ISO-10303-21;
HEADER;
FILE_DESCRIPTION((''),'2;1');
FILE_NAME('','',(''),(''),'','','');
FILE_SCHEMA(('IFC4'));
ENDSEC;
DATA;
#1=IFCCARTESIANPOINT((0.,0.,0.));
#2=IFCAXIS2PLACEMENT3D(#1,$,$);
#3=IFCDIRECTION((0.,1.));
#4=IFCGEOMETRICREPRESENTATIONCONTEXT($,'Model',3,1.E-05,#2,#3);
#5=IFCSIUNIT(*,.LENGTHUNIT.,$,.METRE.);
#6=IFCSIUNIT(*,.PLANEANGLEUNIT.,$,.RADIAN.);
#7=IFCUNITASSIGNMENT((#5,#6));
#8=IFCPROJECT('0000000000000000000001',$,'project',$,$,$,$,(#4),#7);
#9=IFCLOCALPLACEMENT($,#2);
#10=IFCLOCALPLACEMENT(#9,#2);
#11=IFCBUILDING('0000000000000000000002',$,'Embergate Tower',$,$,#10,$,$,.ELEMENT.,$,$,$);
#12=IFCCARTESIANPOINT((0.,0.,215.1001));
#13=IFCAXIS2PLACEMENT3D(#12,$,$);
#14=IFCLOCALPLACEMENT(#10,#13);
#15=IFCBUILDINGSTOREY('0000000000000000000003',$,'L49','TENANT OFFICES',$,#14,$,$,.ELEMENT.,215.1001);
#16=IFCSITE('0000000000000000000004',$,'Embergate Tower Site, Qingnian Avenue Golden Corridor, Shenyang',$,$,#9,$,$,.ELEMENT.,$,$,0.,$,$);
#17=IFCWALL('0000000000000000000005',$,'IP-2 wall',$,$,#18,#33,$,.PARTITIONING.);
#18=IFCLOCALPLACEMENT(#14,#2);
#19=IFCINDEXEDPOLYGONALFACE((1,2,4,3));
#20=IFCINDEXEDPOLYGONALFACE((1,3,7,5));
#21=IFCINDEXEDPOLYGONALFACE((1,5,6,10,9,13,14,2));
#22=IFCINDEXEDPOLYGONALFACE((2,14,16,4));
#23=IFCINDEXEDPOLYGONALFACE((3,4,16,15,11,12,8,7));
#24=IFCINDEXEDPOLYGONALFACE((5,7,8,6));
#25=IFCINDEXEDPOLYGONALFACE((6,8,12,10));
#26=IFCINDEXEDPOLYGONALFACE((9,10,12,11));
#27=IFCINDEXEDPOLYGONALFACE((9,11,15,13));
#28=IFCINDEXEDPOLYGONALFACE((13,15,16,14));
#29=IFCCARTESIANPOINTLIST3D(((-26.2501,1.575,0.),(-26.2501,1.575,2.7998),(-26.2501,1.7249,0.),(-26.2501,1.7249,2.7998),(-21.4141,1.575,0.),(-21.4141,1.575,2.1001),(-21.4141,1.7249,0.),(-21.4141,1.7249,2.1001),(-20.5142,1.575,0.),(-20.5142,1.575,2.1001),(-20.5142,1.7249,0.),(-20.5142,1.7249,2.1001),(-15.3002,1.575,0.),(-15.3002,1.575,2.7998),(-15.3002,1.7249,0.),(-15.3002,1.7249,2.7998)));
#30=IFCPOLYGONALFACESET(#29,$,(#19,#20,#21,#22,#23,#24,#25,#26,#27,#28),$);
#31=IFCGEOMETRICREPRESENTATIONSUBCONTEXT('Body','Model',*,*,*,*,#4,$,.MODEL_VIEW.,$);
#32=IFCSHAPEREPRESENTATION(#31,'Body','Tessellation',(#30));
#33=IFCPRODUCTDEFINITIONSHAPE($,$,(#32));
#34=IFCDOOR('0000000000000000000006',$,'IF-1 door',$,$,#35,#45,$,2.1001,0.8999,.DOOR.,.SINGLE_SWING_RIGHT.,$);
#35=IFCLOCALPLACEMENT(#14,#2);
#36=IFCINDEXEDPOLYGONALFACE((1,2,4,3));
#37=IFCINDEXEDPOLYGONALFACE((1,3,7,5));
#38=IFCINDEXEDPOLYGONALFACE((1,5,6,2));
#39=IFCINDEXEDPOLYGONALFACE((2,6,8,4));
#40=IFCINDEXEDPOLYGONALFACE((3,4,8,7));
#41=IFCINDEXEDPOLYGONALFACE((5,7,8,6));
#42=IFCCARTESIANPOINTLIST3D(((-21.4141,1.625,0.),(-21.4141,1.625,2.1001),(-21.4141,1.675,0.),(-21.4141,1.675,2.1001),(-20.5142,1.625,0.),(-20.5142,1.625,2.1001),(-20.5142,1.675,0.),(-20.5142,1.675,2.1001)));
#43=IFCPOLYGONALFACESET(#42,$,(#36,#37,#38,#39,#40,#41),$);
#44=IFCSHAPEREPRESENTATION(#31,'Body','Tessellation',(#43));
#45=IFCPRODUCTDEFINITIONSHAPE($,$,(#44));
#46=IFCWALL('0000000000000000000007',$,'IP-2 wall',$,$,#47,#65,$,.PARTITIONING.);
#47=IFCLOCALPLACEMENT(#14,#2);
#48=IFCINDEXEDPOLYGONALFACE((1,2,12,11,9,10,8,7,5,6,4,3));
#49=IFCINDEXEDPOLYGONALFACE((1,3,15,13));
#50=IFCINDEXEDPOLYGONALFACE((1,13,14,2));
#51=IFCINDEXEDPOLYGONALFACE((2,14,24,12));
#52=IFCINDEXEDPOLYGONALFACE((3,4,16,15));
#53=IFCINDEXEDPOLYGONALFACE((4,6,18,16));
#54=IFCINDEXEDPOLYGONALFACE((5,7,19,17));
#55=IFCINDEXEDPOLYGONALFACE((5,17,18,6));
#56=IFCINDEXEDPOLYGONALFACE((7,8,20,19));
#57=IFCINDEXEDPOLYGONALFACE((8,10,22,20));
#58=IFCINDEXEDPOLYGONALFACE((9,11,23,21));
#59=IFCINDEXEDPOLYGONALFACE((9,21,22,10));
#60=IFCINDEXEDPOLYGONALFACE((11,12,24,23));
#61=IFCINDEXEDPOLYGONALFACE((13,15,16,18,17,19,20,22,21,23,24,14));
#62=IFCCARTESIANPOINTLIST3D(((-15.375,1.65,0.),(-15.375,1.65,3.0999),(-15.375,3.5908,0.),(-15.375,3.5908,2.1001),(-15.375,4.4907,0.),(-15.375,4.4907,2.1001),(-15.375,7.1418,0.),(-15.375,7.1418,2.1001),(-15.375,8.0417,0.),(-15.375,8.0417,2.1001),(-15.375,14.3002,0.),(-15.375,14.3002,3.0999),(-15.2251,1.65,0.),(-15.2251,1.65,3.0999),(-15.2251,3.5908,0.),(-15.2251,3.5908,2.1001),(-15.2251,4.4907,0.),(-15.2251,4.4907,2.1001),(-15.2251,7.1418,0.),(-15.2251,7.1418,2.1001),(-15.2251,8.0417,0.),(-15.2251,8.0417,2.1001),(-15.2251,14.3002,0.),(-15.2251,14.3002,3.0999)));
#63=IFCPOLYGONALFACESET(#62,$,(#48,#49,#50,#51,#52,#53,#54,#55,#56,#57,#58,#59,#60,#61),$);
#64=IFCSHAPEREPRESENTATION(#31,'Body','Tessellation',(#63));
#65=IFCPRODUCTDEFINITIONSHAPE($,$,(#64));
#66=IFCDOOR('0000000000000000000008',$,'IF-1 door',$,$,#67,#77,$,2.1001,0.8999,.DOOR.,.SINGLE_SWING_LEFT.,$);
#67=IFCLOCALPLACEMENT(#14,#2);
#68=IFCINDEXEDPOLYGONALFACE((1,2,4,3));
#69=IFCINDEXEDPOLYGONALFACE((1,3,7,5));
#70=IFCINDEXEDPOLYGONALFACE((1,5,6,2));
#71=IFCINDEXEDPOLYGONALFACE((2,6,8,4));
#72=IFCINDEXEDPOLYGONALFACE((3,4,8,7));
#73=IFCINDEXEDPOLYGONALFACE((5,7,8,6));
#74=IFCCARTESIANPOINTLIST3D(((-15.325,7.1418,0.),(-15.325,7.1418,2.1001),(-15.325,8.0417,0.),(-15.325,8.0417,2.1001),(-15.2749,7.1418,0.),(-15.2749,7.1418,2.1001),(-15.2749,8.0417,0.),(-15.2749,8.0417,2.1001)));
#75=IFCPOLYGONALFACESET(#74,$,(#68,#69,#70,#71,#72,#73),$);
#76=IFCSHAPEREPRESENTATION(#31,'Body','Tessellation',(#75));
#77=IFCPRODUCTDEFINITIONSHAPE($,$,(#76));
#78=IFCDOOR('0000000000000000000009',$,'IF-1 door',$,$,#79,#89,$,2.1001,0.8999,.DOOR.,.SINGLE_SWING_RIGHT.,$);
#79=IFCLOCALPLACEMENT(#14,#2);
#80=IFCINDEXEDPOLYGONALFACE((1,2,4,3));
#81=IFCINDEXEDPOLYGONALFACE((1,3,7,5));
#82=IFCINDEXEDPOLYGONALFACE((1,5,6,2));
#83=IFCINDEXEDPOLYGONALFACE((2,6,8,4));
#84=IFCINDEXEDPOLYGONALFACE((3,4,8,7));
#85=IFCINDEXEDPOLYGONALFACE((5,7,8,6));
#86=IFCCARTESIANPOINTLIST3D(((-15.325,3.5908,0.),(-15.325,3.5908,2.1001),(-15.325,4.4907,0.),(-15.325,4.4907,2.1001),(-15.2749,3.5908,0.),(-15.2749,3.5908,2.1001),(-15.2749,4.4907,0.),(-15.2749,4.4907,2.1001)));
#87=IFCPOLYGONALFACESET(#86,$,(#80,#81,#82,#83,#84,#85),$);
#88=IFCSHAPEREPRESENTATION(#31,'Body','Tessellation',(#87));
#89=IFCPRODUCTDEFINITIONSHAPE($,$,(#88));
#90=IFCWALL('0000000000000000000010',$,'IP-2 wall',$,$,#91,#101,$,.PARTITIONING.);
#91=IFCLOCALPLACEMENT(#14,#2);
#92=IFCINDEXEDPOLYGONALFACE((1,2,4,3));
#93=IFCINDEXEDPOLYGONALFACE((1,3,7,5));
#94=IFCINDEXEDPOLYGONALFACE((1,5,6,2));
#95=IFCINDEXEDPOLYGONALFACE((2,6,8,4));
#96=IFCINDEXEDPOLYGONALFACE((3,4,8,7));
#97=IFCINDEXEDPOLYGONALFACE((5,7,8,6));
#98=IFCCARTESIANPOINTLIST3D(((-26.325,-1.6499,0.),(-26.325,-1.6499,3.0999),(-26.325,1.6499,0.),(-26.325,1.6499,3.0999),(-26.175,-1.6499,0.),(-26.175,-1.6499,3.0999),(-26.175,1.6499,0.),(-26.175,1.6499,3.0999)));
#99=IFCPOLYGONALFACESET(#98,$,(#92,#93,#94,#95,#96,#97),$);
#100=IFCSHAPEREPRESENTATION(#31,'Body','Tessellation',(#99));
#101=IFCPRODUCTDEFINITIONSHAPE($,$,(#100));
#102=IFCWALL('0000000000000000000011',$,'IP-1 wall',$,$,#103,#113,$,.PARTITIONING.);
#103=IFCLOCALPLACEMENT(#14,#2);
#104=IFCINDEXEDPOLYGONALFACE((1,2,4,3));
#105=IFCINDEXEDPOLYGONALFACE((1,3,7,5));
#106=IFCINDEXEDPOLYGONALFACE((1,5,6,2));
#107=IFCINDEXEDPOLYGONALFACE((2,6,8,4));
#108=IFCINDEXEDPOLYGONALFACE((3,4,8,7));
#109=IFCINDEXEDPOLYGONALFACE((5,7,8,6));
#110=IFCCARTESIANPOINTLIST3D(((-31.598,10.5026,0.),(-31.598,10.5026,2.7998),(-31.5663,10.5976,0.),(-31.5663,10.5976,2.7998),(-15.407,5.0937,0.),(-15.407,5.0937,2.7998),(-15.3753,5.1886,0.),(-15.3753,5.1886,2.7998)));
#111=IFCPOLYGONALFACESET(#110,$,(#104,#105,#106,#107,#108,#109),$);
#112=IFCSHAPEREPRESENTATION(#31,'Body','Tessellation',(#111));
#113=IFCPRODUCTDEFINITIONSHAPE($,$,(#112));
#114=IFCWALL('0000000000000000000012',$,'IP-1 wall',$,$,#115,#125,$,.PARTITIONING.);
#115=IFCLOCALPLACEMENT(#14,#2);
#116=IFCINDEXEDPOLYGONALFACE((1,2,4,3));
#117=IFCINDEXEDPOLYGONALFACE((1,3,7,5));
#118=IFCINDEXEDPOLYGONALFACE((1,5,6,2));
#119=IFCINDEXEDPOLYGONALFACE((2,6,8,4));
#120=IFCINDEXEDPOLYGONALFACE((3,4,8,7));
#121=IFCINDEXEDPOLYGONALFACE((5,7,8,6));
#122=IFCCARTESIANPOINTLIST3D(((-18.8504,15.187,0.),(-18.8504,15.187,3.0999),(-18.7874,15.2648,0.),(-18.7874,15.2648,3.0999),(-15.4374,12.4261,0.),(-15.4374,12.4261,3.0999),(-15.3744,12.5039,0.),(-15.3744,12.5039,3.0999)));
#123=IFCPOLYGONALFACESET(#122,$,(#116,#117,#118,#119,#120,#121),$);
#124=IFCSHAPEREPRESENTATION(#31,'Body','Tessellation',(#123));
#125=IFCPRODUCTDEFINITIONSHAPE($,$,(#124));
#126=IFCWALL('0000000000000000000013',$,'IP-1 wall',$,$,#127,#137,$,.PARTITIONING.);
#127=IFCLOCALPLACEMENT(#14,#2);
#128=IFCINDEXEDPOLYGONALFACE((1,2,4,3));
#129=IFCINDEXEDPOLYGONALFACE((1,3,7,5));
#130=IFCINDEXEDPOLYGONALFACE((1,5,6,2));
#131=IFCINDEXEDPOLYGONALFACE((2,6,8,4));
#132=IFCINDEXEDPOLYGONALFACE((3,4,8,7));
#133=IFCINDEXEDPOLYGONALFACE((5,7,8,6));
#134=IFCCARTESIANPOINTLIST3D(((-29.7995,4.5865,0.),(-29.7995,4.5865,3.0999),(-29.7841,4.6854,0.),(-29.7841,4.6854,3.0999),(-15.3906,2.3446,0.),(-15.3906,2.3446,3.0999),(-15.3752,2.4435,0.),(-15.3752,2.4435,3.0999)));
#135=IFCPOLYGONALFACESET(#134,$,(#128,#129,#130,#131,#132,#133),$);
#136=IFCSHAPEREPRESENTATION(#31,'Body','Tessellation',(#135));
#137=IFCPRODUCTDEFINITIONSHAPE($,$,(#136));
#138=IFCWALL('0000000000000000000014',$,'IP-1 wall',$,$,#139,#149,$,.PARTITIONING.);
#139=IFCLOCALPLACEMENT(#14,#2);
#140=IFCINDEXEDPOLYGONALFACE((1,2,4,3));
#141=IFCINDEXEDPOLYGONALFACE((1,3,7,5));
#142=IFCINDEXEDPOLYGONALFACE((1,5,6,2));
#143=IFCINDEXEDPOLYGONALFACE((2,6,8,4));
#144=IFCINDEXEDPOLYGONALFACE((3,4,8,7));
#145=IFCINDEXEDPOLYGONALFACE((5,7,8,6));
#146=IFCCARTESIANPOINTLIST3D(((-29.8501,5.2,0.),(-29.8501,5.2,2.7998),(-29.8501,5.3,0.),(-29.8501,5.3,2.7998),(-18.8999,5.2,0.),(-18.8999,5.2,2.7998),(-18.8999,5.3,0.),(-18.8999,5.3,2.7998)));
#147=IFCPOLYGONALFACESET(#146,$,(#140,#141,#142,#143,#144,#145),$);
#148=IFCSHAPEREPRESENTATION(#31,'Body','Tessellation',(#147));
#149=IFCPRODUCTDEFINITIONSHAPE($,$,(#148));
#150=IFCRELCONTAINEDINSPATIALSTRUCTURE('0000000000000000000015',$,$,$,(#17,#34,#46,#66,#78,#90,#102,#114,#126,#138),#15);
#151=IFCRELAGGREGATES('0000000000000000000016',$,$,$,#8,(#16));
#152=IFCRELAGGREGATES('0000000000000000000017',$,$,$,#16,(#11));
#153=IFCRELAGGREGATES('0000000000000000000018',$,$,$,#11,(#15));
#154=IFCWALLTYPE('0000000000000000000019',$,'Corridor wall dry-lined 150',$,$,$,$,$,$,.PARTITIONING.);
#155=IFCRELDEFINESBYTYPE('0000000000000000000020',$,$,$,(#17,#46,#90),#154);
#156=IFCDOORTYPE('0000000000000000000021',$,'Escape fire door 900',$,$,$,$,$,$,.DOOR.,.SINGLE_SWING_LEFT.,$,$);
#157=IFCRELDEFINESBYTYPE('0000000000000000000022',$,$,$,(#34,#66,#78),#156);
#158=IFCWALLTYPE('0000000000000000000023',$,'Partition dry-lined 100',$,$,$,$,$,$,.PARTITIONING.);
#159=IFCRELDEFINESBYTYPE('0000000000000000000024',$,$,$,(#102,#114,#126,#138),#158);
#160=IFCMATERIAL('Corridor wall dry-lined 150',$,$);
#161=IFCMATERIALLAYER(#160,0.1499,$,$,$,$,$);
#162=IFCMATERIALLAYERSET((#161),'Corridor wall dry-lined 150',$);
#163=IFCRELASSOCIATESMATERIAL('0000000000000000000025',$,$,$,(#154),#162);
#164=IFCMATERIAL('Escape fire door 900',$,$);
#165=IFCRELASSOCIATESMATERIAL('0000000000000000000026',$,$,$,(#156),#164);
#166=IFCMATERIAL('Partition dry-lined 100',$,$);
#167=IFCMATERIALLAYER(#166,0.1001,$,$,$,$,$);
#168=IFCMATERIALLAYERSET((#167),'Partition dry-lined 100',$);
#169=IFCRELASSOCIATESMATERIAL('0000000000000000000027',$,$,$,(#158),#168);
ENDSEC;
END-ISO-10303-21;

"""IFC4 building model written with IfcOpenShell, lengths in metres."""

from ifc_helpers import new_model, si_unit, direction, frame, frame_2d, origin, place, context, subcontext, project, spatial, rectangle, extrude, source, transform, mapped, material, layer, layer_set, type_object, element, fill, save


model = new_model("IFC4")

# Units and contexts
model_context = context("Model", 3, precision=1e-05, world=origin(), true_north=direction((0.0, 1.0)))
body_context = subcontext(model_context, "Body", "Model", "MODEL_VIEW")
ifc_project = project(units=[si_unit("LENGTHUNIT", "METRE"), si_unit("PLANEANGLEUNIT", "RADIAN")], contexts=[model_context])

# Site, building, storey
site_placement = place(None, origin())
site = spatial("IfcSite", under=ifc_project, at=site_placement, Name="Embergate Tower Site, Qingnian Avenue Golden Corridor, Shenyang", CompositionType="ELEMENT", RefElevation=0.0)
building_placement = place(site_placement, origin())
building = spatial("IfcBuilding", under=site, at=building_placement, Name="Embergate Tower", CompositionType="ELEMENT")
storey_placement = place(building_placement, frame((0.0, 0.0, 215.1001)))
storey = spatial("IfcBuildingStorey", under=building, at=storey_placement, Name="L49", Description="TENANT OFFICES", CompositionType="ELEMENT", Elevation=215.1001)

# Wall, opening, door
ifc_material_1 = material(Name="Corridor wall dry-lined 150")
ifc_layer_1 = layer(ifc_material_1, 0.1499)
ifc_layer_set_1 = layer_set([ifc_layer_1], Name="Corridor wall dry-lined 150")
wall_type_1 = type_object("IfcWallType", Name="Corridor wall dry-lined 150", PredefinedType="PARTITIONING", material=ifc_layer_set_1)
shared_shape_1 = source(origin(), body_context, "Body", "SweptSolid", [
    extrude(rectangle(XDim=10.95, YDim=0.1499, at=frame_2d((5.4751, 0.0))), origin(), (0.0, 0.0, 1.0), 2.7998),
])
wall_1_placement = place(storey_placement, frame((-15.3, 1.6499, 0.0), z_axis=(0.0, 0.0, 1.0), x_axis=(-1.0, 0.0, 0.0)))
wall_1 = element("IfcWall", 1, at=wall_1_placement, inside=storey, type_object=wall_type_1, Name="IP-2 wall", PredefinedType="PARTITIONING", context=body_context, shape_type="MappedRepresentation", body=[
    mapped(shared_shape_1, transform((0.0, 0.0, 0.0))),
])
shared_shape_2 = source(origin(), body_context, "Body", "SweptSolid", [
    extrude(rectangle(XDim=0.8999, YDim=2.1001, at=frame_2d((0.45, 1.05))), frame((0.0, 0.085, 0.0), z_axis=(0.0, -1.0, 0.0), x_axis=(1.0, 0.0, 0.0)), (0.0, 0.0, 1.0), 0.1699),
])
opening_1_placement = place(wall_1_placement, frame((5.2141, 0.0, 0.0)))
opening_1 = element("IfcOpeningElement", 2, at=opening_1_placement, cuts=wall_1, PredefinedType="OPENING", context=body_context, shape_type="MappedRepresentation", body=[
    mapped(shared_shape_2, transform((0.0, 0.0, 0.0))),
])
ifc_material_2 = material(Name="Escape fire door 900")
door_type = type_object("IfcDoorType", Name="Escape fire door 900", OperationType="SINGLE_SWING_LEFT", PredefinedType="DOOR", material=ifc_material_2)
shared_shape_3 = source(origin(), body_context, "Body", "SweptSolid", [
    extrude(rectangle(XDim=0.8999, YDim=2.1001, at=frame_2d((0.45, 1.05))), frame((0.0, 0.0249, 0.0), z_axis=(0.0, -1.0, 0.0), x_axis=(1.0, 0.0, 0.0)), (0.0, 0.0, 1.0), 0.05),
])
door_1_placement = place(opening_1_placement, origin())
door_1 = element("IfcDoor", 3, at=door_1_placement, inside=storey, type_object=door_type, Name="IF-1 door", OperationType="SINGLE_SWING_RIGHT", OverallHeight=2.1001, OverallWidth=0.8999, PredefinedType="DOOR", context=body_context, shape_type="MappedRepresentation", body=[
    mapped(shared_shape_3, transform((0.0, 0.0, 0.0))),
])
fill(opening_1, door_1)

# Wall, openings, doors
shared_shape_4 = source(origin(), body_context, "Body", "SweptSolid", [
    extrude(rectangle(XDim=12.6501, YDim=0.1499, at=frame_2d((6.3252, 0.0))), origin(), (0.0, 0.0, 1.0), 3.0999),
])
wall_2_placement = place(storey_placement, frame((-15.3, 1.6499, 0.0), z_axis=(0.0, 0.0, 1.0), x_axis=(0.0, 1.0, 0.0)))
wall_2 = element("IfcWall", 4, at=wall_2_placement, inside=storey, type_object=wall_type_1, Name="IP-2 wall", PredefinedType="PARTITIONING", context=body_context, shape_type="MappedRepresentation", body=[
    mapped(shared_shape_4, transform((0.0, 0.0, 0.0))),
])
opening_2_placement = place(wall_2_placement, frame((5.4919, 0.0, 0.0)))
opening_2 = element("IfcOpeningElement", 5, at=opening_2_placement, cuts=wall_2, PredefinedType="OPENING", context=body_context, shape_type="MappedRepresentation", body=[
    mapped(shared_shape_2, transform((0.0, 0.0, 0.0))),
])
opening_3_placement = place(wall_2_placement, frame((1.9409, 0.0, 0.0)))
opening_3 = element("IfcOpeningElement", 6, at=opening_3_placement, cuts=wall_2, PredefinedType="OPENING", context=body_context, shape_type="MappedRepresentation", body=[
    mapped(shared_shape_2, transform((0.0, 0.0, 0.0))),
])
door_2_placement = place(opening_2_placement, origin())
door_2 = element("IfcDoor", 7, at=door_2_placement, inside=storey, type_object=door_type, Name="IF-1 door", OperationType="SINGLE_SWING_LEFT", OverallHeight=2.1001, OverallWidth=0.8999, PredefinedType="DOOR", context=body_context, shape_type="MappedRepresentation", body=[
    mapped(shared_shape_3, transform((0.0, 0.0, 0.0))),
])
fill(opening_2, door_2)
door_3_placement = place(opening_3_placement, origin())
door_3 = element("IfcDoor", 8, at=door_3_placement, inside=storey, type_object=door_type, Name="IF-1 door", OperationType="SINGLE_SWING_RIGHT", OverallHeight=2.1001, OverallWidth=0.8999, PredefinedType="DOOR", context=body_context, shape_type="MappedRepresentation", body=[
    mapped(shared_shape_3, transform((0.0, 0.0, 0.0))),
])
fill(opening_3, door_3)

# Walls
shared_shape_5 = source(origin(), body_context, "Body", "SweptSolid", [
    extrude(rectangle(XDim=3.2998, YDim=0.1499, at=frame_2d((1.6499, 0.0))), origin(), (0.0, 0.0, 1.0), 3.0999),
])
wall_3_placement = place(storey_placement, frame((-26.25, 1.6499, 0.0), z_axis=(0.0, 0.0, 1.0), x_axis=(0.0, -1.0, 0.0)))
element("IfcWall", 9, at=wall_3_placement, inside=storey, type_object=wall_type_1, Name="IP-2 wall", PredefinedType="PARTITIONING", context=body_context, shape_type="MappedRepresentation", body=[
    mapped(shared_shape_5, transform((0.0, 0.0, 0.0))),
])
ifc_material_3 = material(Name="Partition dry-lined 100")
ifc_layer_2 = layer(ifc_material_3, 0.1001)
ifc_layer_set_2 = layer_set([ifc_layer_2], Name="Partition dry-lined 100")
wall_type_2 = type_object("IfcWallType", Name="Partition dry-lined 100", PredefinedType="PARTITIONING", material=ifc_layer_set_2)
shared_shape_6 = source(origin(), body_context, "Body", "SweptSolid", [
    extrude(rectangle(XDim=17.0706, YDim=0.1001, at=frame_2d((8.5352, 0.0))), origin(), (0.0, 0.0, 1.0), 2.7998),
])
wall_4_placement = place(storey_placement, frame((-31.582, 10.55, 0.0), z_axis=(0.0, 0.0, 1.0), x_axis=(0.948473, -0.316858, 0.0)))
element("IfcWall", 10, at=wall_4_placement, inside=storey, type_object=wall_type_2, Name="IP-1 wall", PredefinedType="PARTITIONING", context=body_context, shape_type="MappedRepresentation", body=[
    mapped(shared_shape_6, transform((0.0, 0.0, 0.0))),
])
shared_shape_7 = source(origin(), body_context, "Body", "SweptSolid", [
    extrude(rectangle(XDim=4.3899, YDim=0.1001, at=frame_2d((2.1948, 0.0))), origin(), (0.0, 0.0, 1.0), 3.0999),
])
wall_5_placement = place(storey_placement, frame((-15.406, 12.4651, 0.0), z_axis=(0.0, 0.0, 1.0), x_axis=(-0.777466, 0.628925, 0.0)))
element("IfcWall", 11, at=wall_5_placement, inside=storey, type_object=wall_type_2, Name="IP-1 wall", PredefinedType="PARTITIONING", context=body_context, shape_type="MappedRepresentation", body=[
    mapped(shared_shape_7, transform((0.0, 0.0, 0.0))),
])
shared_shape_8 = source(origin(), body_context, "Body", "SweptSolid", [
    extrude(rectangle(XDim=14.5823, YDim=0.1001, at=frame_2d((7.291, 0.0))), origin(), (0.0, 0.0, 1.0), 3.0999),
])
wall_6_placement = place(storey_placement, frame((-15.3831, 2.394, 0.0), z_axis=(0.0, 0.0, 1.0), x_axis=(-0.988111, 0.153744, 0.0)))
element("IfcWall", 12, at=wall_6_placement, inside=storey, type_object=wall_type_2, Name="IP-1 wall", PredefinedType="PARTITIONING", context=body_context, shape_type="MappedRepresentation", body=[
    mapped(shared_shape_8, transform((0.0, 0.0, 0.0))),
])
shared_shape_9 = source(origin(), body_context, "Body", "SweptSolid", [
    extrude(rectangle(XDim=10.9502, YDim=0.1001, at=frame_2d((5.4751, 0.0))), origin(), (0.0, 0.0, 1.0), 2.7998),
])
wall_7_placement = place(storey_placement, frame((-29.8501, 5.25, 0.0), z_axis=(0.0, 0.0, 1.0), x_axis=(1.0, 0.0, 0.0)))
element("IfcWall", 13, at=wall_7_placement, inside=storey, type_object=wall_type_2, Name="IP-1 wall", PredefinedType="PARTITIONING", context=body_context, shape_type="MappedRepresentation", body=[
    mapped(shared_shape_9, transform((0.0, 0.0, 0.0))),
])

save(model, "model.ifc")
